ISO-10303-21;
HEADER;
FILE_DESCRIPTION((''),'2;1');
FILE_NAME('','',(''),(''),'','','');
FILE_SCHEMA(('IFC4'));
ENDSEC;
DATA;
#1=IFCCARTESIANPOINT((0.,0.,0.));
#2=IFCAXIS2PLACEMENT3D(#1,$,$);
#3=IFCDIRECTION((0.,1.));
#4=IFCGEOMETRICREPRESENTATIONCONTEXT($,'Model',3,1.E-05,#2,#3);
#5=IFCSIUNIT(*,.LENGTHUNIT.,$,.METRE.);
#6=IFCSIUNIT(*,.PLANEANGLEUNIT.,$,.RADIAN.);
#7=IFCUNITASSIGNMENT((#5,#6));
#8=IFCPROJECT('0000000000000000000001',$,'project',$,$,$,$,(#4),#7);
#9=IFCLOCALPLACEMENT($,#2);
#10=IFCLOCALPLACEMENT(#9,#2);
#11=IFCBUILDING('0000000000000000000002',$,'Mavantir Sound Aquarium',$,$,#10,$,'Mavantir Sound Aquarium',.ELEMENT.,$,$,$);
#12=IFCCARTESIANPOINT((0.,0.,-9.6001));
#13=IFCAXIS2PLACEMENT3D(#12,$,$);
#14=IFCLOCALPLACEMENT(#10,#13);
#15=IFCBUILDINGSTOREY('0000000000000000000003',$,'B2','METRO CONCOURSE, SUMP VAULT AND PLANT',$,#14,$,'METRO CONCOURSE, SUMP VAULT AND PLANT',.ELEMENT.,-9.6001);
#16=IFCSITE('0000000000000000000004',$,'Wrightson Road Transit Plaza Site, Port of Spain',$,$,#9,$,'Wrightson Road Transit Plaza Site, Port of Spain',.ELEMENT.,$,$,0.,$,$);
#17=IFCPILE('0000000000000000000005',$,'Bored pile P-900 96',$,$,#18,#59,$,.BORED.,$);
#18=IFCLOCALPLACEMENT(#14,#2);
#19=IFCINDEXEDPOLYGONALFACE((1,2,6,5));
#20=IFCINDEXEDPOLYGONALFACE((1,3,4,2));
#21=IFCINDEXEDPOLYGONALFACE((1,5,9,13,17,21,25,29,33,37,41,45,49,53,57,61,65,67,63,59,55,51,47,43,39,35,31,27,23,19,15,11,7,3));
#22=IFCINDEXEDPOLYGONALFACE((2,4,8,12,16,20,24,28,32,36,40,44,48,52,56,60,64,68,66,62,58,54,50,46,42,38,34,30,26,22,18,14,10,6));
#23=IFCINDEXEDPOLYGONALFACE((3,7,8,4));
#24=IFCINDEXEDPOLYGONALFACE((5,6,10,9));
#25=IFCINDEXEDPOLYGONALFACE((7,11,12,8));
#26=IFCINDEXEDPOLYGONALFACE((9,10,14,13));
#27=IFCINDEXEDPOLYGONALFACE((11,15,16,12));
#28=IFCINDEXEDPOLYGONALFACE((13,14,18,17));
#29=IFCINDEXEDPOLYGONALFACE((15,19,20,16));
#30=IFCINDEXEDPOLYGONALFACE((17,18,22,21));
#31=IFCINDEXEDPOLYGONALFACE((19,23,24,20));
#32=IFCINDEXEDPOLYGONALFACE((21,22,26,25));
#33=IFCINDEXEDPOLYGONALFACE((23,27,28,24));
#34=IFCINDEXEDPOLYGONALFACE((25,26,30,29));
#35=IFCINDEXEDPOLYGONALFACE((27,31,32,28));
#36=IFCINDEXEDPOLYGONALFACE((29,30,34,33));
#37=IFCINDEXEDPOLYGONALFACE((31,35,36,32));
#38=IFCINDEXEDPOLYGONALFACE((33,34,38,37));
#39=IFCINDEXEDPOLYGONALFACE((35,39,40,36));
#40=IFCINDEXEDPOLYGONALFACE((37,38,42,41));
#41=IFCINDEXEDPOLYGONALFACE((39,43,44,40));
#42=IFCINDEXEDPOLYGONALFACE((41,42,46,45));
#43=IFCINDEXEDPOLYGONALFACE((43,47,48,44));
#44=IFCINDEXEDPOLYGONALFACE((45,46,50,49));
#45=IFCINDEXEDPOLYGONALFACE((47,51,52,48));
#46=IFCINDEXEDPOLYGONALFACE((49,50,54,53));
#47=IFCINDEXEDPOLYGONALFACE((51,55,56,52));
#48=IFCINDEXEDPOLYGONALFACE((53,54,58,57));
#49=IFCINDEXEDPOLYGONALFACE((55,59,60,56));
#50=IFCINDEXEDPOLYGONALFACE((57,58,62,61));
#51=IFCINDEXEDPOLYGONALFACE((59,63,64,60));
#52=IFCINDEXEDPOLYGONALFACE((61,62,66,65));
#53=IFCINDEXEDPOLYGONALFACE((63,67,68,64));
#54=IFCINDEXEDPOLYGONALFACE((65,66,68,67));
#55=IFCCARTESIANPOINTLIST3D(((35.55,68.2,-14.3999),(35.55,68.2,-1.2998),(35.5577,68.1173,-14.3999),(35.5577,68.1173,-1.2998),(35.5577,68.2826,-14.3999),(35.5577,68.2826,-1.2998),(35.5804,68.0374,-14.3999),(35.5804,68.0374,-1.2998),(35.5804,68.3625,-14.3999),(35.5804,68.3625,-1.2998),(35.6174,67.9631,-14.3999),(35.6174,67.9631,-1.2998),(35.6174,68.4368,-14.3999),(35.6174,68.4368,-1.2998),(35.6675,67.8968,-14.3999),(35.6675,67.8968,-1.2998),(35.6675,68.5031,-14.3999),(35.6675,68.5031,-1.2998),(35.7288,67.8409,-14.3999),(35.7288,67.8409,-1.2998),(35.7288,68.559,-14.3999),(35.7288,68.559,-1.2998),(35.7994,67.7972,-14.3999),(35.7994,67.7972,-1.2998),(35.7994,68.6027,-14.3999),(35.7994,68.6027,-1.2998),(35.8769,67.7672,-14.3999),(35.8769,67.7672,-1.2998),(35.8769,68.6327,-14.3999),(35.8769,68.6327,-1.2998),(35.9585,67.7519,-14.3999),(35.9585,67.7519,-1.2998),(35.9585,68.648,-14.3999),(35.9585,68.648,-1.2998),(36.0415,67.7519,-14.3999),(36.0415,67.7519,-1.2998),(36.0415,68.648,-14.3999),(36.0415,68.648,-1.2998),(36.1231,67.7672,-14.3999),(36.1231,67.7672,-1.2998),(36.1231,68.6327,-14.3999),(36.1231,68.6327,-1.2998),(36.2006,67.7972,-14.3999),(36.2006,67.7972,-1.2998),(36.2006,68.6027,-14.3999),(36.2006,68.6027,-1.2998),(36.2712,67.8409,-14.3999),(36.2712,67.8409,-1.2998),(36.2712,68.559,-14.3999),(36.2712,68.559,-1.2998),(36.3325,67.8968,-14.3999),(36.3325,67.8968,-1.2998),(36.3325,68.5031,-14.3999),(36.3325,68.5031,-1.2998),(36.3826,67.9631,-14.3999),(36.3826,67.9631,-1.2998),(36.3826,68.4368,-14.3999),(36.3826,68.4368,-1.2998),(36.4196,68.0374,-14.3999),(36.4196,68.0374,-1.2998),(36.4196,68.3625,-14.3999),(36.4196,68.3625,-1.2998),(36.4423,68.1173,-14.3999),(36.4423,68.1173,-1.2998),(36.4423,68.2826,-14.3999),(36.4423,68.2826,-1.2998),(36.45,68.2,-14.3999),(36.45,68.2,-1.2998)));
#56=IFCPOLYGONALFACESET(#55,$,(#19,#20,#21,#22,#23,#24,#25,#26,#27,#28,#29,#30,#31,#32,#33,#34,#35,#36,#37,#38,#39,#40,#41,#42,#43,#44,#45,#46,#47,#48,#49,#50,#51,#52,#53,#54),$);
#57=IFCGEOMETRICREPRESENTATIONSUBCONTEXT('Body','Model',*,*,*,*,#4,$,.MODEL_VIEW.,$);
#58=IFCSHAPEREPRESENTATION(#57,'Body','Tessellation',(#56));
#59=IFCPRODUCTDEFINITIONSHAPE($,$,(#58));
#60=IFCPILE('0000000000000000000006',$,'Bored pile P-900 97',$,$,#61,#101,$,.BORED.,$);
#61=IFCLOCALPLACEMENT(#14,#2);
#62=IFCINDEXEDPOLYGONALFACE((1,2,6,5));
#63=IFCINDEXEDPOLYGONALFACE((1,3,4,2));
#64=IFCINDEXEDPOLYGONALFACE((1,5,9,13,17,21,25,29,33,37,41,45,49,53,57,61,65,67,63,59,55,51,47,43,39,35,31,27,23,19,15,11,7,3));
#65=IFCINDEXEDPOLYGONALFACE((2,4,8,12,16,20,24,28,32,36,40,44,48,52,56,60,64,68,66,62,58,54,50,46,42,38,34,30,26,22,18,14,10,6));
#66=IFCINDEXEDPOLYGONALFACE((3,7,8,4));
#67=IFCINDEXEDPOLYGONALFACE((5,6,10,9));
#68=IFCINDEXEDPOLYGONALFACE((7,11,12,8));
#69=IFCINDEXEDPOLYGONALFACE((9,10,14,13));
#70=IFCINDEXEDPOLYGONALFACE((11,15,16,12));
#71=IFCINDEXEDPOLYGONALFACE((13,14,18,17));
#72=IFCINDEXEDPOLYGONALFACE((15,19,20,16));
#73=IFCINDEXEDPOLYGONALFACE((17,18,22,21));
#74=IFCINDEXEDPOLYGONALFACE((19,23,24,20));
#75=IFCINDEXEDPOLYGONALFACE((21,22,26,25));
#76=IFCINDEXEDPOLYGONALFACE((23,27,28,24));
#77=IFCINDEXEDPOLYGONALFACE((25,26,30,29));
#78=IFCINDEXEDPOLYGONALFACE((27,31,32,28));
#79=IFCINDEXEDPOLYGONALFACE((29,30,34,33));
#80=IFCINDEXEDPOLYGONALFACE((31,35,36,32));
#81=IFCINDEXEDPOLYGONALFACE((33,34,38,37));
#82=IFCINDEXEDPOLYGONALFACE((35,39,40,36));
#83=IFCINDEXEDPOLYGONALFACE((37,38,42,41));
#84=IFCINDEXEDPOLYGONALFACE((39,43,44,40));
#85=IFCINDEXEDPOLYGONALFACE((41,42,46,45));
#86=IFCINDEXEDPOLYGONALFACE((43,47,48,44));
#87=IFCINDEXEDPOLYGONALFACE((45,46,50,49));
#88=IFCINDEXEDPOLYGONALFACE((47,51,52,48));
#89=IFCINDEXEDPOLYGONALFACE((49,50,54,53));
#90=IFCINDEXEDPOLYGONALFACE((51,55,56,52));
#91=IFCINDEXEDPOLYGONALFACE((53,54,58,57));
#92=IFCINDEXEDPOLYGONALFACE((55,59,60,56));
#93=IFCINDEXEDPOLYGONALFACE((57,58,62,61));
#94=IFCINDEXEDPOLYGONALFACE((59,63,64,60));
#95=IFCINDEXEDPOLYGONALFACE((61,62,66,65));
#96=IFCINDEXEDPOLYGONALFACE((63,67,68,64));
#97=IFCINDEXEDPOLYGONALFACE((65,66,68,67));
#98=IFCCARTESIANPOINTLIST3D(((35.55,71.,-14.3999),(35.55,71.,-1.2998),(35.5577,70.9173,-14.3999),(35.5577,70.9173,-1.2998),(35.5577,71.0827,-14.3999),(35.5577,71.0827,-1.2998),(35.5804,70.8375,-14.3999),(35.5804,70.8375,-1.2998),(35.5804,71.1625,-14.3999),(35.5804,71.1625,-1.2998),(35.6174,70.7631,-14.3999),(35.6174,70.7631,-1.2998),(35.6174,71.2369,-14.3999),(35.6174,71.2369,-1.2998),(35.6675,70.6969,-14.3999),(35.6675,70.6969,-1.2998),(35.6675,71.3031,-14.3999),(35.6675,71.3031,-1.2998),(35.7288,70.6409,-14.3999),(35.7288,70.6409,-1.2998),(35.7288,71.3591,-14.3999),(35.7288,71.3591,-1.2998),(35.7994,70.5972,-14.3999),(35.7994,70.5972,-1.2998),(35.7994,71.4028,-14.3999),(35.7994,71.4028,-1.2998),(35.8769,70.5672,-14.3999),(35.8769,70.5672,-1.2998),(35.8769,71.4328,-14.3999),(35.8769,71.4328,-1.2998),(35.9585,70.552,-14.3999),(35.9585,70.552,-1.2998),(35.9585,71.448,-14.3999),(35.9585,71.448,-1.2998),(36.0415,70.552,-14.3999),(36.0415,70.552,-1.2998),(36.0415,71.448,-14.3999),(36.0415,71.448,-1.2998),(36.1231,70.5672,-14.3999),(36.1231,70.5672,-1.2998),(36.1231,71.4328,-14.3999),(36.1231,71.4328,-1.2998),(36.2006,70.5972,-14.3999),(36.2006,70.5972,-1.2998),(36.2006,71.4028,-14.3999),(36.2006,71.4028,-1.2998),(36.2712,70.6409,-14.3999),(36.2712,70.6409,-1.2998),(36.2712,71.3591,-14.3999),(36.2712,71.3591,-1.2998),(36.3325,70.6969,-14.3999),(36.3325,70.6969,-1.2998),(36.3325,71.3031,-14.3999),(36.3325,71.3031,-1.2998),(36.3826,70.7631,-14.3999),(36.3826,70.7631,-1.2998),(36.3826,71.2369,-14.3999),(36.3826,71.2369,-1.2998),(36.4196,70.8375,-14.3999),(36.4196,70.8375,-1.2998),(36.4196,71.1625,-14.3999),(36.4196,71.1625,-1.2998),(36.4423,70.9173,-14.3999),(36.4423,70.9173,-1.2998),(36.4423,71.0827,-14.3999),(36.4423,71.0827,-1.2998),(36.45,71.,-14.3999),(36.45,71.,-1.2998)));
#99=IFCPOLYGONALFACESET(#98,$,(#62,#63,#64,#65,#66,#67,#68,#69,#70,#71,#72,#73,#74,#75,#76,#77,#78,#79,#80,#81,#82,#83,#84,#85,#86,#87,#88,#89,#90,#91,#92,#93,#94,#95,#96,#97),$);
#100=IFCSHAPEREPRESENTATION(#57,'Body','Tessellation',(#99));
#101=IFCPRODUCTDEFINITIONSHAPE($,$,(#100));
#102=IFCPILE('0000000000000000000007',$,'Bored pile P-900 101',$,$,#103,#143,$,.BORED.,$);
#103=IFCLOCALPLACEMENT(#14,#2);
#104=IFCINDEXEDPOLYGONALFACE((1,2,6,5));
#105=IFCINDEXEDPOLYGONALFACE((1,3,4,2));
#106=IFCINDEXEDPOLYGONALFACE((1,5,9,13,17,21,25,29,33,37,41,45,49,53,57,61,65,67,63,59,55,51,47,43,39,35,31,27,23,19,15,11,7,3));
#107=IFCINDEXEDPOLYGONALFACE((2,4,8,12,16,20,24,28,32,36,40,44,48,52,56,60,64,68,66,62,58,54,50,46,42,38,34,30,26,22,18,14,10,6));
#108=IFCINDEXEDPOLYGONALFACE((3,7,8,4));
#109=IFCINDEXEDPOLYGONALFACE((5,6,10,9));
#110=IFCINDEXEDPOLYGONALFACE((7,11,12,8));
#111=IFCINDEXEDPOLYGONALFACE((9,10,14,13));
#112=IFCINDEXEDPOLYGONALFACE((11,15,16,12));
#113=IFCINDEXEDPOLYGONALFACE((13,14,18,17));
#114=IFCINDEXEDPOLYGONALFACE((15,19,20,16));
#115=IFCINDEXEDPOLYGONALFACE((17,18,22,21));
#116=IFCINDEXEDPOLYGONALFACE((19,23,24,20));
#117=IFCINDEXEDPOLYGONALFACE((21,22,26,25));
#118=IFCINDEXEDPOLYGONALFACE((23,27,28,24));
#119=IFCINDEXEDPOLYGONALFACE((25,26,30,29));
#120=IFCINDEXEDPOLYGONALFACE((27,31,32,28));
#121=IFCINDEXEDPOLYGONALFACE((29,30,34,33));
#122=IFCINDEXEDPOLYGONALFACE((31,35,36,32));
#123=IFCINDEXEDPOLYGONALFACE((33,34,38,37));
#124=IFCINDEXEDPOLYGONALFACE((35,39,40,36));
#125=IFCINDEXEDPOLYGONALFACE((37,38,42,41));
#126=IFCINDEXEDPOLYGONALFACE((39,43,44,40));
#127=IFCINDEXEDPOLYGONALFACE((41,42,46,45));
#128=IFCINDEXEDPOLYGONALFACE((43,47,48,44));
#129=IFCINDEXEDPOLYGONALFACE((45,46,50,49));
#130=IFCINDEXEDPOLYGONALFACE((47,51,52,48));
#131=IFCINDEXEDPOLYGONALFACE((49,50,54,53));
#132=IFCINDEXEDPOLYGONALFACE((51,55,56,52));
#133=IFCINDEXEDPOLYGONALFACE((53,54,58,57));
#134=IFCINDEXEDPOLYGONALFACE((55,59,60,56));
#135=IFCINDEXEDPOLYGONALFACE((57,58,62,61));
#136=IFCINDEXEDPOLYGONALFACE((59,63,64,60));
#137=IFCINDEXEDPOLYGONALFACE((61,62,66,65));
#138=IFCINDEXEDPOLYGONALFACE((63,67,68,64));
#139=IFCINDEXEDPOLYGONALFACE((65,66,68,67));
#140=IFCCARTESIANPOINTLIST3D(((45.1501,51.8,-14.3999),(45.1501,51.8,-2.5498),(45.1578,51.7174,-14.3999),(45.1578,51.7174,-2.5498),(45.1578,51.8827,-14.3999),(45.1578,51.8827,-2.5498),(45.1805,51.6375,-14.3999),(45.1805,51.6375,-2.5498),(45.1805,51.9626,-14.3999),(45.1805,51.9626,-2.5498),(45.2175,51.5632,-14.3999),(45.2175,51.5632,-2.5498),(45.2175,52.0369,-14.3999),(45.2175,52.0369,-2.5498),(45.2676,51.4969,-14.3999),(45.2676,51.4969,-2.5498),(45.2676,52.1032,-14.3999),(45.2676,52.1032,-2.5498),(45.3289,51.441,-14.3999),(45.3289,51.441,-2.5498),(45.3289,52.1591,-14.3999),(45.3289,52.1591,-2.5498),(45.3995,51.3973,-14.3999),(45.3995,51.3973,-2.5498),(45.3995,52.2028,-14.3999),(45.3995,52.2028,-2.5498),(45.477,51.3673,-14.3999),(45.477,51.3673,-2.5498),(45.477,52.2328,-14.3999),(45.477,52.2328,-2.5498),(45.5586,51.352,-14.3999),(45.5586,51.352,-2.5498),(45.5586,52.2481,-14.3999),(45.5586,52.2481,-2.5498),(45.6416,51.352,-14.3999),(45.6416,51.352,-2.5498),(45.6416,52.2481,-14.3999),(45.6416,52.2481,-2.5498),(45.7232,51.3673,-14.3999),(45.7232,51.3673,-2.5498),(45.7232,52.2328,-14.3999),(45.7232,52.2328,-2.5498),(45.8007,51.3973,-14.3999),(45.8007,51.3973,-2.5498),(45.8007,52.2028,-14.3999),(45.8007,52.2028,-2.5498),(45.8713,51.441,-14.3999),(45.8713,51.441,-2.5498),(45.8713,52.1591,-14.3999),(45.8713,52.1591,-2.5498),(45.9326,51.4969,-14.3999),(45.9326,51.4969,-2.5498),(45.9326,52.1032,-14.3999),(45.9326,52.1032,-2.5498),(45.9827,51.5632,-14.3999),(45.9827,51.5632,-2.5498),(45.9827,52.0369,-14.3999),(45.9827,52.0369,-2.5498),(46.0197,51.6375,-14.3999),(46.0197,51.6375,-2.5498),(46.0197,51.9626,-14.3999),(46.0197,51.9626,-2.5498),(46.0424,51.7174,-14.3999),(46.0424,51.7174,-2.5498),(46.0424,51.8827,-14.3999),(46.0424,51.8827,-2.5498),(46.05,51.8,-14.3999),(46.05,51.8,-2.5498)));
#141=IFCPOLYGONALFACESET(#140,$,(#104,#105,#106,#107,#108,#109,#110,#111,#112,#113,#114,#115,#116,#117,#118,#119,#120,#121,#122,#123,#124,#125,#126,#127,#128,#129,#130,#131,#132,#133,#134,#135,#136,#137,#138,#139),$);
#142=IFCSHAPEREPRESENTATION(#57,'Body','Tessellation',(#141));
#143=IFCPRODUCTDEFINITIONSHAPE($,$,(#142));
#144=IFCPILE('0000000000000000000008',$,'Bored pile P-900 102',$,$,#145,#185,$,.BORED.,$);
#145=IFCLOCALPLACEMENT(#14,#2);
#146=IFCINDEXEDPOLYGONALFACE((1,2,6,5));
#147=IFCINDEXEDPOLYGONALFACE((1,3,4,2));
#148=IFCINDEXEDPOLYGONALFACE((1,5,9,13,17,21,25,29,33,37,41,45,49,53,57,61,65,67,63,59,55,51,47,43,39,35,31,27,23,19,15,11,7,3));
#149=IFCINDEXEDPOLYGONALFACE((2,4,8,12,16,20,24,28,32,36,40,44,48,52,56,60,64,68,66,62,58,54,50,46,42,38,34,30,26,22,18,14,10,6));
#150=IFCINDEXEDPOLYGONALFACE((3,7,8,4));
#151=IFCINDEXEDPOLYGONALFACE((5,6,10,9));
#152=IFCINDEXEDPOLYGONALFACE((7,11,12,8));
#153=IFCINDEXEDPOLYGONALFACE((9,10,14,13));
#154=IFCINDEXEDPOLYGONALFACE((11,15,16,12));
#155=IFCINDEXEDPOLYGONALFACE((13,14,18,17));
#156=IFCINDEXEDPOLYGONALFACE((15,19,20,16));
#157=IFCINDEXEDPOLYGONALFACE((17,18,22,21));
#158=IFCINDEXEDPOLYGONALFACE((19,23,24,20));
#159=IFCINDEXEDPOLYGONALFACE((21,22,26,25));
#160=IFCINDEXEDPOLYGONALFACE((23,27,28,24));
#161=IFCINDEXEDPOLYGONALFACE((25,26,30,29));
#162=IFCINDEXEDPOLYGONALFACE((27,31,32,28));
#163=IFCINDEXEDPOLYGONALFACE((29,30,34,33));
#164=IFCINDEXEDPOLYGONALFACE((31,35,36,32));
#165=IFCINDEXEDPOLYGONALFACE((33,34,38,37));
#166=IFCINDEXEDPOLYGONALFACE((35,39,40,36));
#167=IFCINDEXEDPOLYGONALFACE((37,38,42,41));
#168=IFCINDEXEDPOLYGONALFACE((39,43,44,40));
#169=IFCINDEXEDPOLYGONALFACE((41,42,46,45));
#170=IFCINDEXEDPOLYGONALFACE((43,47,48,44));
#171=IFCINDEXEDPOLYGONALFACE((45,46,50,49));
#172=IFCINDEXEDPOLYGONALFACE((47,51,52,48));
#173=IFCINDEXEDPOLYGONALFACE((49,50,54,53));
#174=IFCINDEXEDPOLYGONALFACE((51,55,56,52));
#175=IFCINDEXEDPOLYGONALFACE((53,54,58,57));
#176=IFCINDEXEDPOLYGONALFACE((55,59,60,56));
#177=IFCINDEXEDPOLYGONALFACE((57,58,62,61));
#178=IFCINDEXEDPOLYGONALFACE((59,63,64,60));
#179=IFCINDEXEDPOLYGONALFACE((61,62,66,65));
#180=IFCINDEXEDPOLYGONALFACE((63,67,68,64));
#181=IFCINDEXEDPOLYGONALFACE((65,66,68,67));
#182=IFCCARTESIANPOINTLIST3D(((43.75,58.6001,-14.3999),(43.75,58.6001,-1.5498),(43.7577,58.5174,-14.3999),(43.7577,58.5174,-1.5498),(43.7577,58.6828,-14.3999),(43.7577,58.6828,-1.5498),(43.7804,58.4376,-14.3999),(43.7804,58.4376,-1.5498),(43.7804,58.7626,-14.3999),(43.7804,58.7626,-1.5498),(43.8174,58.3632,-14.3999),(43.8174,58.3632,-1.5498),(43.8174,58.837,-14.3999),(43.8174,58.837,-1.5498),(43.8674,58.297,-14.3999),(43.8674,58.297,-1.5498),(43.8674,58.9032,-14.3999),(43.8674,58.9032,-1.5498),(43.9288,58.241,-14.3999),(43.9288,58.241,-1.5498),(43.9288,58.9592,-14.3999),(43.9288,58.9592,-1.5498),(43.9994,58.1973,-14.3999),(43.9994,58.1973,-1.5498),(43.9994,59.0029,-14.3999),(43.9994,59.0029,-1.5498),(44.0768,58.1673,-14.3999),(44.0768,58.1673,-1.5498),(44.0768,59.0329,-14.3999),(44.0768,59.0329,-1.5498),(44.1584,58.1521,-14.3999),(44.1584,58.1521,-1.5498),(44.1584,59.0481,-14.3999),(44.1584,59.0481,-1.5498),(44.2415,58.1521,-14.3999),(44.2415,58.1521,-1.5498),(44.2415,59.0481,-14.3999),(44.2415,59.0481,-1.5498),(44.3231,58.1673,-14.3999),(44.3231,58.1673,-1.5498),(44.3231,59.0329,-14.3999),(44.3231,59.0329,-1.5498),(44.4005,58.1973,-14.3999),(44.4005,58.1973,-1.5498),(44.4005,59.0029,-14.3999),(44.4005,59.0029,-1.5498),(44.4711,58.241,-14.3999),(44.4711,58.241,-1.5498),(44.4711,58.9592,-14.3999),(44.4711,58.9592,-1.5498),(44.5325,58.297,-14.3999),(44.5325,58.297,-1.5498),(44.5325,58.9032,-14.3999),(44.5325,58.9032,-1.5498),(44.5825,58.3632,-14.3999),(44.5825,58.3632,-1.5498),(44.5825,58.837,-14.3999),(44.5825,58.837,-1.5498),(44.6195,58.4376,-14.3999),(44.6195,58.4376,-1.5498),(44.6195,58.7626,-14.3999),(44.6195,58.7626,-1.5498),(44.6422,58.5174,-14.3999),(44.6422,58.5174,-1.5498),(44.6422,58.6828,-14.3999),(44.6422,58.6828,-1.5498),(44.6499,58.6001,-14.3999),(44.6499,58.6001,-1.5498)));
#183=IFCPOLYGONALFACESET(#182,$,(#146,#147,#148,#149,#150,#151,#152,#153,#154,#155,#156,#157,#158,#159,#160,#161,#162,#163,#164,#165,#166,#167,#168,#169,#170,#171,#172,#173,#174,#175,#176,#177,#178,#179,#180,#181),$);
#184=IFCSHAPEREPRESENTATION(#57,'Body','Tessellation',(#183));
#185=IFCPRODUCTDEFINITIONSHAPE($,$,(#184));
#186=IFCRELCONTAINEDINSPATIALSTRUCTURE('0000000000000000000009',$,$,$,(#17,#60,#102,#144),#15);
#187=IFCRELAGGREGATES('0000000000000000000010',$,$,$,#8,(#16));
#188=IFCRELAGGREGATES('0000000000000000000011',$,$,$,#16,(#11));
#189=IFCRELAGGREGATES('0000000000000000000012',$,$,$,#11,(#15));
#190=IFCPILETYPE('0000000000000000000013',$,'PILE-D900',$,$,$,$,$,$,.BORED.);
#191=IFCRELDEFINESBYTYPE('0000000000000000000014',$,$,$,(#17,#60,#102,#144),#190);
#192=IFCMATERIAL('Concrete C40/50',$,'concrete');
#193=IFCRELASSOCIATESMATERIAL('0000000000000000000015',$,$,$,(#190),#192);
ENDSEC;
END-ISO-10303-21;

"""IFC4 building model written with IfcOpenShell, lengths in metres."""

from ifc_helpers import new_model, si_unit, direction, frame, origin, origin_2d, place, context, subcontext, project, spatial, circle, extrude, material, material_profile, profile_set, type_object, element, save


model = new_model("IFC4")

# Units and contexts
model_context = context("Model", 3, precision=1e-05, world=origin(), true_north=direction((0.0, 1.0)))
body_context = subcontext(model_context, "Body", "Model", "MODEL_VIEW")
ifc_project = project(units=[si_unit("LENGTHUNIT", "METRE"), si_unit("PLANEANGLEUNIT", "RADIAN")], contexts=[model_context])

# Site, building, storey
site_placement = place(None, origin())
site = spatial("IfcSite", under=ifc_project, at=site_placement, Name="Wrightson Road Transit Plaza Site, Port of Spain", LongName="Wrightson Road Transit Plaza Site, Port of Spain", CompositionType="ELEMENT", RefElevation=0.0)
building_placement = place(site_placement, origin())
building = spatial("IfcBuilding", under=site, at=building_placement, Name="Mavantir Sound Aquarium", LongName="Mavantir Sound Aquarium", CompositionType="ELEMENT")
storey_placement = place(building_placement, frame((0.0, 0.0, -9.6001)))
storey = spatial("IfcBuildingStorey", under=building, at=storey_placement, Name="B2", Description="METRO CONCOURSE, SUMP VAULT AND PLANT", LongName="METRO CONCOURSE, SUMP VAULT AND PLANT", CompositionType="ELEMENT", Elevation=-9.6001)

# Shared definitions
ifc_material_1 = material(Name="Concrete C40/50", Category="concrete")

# Piles
ifc_material_profile_1 = material_profile(ifc_material_1, circle(Radius=0.45, at=origin_2d()), Name="PILE D900")
ifc_profile_set_1 = profile_set([ifc_material_profile_1], Name="Concrete C40/50")
pile_type = type_object("IfcPileType", Name="PILE-D900", PredefinedType="BORED", material=ifc_profile_set_1)
for number, where, z_axis, x_axis, name in (
    (1, (36.0, 68.2, -1.2998), (0.0, 0.0, -1.0), (1.0, 0.0, 0.0), "Bored pile P-900 96"),
    (2, (36.0, 71.0, -1.2998), (0.0, 0.0, -1.0), (1.0, 0.0, 0.0), "Bored pile P-900 97"),
):
    element("IfcPile", number, at=place(storey_placement, frame(where, z_axis=z_axis, x_axis=x_axis)), inside=storey, type_object=pile_type, Name=name, PredefinedType="BORED", context=body_context, shape_type="SweptSolid", body=[
        extrude(circle(Radius=0.45, at=origin_2d()), origin(), (0.0, 0.0, 1.0), 13.1001),
    ])
pile_1_placement = place(storey_placement, frame((45.6001, 51.8, -2.5498), z_axis=(0.0, 0.0, -1.0), x_axis=(1.0, 0.0, 0.0)))
element("IfcPile", 3, at=pile_1_placement, inside=storey, type_object=pile_type, Name="Bored pile P-900 101", PredefinedType="BORED", context=body_context, shape_type="SweptSolid", body=[
    extrude(circle(Radius=0.45, at=origin_2d()), origin(), (0.0, 0.0, 1.0), 11.8501),
])
for number, where, z_axis, x_axis, name in (
    (4, (44.2, 58.6001, -1.5498), (0.0, 0.0, -1.0), (1.0, 0.0, 0.0), "Bored pile P-900 102"),
):
    element("IfcPile", number, at=place(storey_placement, frame(where, z_axis=z_axis, x_axis=x_axis)), inside=storey, type_object=pile_type, Name=name, PredefinedType="BORED", context=body_context, shape_type="SweptSolid", body=[
        extrude(circle(Radius=0.45, at=origin_2d()), origin(), (0.0, 0.0, 1.0), 12.8501),
    ])

save(model, "model.ifc")
